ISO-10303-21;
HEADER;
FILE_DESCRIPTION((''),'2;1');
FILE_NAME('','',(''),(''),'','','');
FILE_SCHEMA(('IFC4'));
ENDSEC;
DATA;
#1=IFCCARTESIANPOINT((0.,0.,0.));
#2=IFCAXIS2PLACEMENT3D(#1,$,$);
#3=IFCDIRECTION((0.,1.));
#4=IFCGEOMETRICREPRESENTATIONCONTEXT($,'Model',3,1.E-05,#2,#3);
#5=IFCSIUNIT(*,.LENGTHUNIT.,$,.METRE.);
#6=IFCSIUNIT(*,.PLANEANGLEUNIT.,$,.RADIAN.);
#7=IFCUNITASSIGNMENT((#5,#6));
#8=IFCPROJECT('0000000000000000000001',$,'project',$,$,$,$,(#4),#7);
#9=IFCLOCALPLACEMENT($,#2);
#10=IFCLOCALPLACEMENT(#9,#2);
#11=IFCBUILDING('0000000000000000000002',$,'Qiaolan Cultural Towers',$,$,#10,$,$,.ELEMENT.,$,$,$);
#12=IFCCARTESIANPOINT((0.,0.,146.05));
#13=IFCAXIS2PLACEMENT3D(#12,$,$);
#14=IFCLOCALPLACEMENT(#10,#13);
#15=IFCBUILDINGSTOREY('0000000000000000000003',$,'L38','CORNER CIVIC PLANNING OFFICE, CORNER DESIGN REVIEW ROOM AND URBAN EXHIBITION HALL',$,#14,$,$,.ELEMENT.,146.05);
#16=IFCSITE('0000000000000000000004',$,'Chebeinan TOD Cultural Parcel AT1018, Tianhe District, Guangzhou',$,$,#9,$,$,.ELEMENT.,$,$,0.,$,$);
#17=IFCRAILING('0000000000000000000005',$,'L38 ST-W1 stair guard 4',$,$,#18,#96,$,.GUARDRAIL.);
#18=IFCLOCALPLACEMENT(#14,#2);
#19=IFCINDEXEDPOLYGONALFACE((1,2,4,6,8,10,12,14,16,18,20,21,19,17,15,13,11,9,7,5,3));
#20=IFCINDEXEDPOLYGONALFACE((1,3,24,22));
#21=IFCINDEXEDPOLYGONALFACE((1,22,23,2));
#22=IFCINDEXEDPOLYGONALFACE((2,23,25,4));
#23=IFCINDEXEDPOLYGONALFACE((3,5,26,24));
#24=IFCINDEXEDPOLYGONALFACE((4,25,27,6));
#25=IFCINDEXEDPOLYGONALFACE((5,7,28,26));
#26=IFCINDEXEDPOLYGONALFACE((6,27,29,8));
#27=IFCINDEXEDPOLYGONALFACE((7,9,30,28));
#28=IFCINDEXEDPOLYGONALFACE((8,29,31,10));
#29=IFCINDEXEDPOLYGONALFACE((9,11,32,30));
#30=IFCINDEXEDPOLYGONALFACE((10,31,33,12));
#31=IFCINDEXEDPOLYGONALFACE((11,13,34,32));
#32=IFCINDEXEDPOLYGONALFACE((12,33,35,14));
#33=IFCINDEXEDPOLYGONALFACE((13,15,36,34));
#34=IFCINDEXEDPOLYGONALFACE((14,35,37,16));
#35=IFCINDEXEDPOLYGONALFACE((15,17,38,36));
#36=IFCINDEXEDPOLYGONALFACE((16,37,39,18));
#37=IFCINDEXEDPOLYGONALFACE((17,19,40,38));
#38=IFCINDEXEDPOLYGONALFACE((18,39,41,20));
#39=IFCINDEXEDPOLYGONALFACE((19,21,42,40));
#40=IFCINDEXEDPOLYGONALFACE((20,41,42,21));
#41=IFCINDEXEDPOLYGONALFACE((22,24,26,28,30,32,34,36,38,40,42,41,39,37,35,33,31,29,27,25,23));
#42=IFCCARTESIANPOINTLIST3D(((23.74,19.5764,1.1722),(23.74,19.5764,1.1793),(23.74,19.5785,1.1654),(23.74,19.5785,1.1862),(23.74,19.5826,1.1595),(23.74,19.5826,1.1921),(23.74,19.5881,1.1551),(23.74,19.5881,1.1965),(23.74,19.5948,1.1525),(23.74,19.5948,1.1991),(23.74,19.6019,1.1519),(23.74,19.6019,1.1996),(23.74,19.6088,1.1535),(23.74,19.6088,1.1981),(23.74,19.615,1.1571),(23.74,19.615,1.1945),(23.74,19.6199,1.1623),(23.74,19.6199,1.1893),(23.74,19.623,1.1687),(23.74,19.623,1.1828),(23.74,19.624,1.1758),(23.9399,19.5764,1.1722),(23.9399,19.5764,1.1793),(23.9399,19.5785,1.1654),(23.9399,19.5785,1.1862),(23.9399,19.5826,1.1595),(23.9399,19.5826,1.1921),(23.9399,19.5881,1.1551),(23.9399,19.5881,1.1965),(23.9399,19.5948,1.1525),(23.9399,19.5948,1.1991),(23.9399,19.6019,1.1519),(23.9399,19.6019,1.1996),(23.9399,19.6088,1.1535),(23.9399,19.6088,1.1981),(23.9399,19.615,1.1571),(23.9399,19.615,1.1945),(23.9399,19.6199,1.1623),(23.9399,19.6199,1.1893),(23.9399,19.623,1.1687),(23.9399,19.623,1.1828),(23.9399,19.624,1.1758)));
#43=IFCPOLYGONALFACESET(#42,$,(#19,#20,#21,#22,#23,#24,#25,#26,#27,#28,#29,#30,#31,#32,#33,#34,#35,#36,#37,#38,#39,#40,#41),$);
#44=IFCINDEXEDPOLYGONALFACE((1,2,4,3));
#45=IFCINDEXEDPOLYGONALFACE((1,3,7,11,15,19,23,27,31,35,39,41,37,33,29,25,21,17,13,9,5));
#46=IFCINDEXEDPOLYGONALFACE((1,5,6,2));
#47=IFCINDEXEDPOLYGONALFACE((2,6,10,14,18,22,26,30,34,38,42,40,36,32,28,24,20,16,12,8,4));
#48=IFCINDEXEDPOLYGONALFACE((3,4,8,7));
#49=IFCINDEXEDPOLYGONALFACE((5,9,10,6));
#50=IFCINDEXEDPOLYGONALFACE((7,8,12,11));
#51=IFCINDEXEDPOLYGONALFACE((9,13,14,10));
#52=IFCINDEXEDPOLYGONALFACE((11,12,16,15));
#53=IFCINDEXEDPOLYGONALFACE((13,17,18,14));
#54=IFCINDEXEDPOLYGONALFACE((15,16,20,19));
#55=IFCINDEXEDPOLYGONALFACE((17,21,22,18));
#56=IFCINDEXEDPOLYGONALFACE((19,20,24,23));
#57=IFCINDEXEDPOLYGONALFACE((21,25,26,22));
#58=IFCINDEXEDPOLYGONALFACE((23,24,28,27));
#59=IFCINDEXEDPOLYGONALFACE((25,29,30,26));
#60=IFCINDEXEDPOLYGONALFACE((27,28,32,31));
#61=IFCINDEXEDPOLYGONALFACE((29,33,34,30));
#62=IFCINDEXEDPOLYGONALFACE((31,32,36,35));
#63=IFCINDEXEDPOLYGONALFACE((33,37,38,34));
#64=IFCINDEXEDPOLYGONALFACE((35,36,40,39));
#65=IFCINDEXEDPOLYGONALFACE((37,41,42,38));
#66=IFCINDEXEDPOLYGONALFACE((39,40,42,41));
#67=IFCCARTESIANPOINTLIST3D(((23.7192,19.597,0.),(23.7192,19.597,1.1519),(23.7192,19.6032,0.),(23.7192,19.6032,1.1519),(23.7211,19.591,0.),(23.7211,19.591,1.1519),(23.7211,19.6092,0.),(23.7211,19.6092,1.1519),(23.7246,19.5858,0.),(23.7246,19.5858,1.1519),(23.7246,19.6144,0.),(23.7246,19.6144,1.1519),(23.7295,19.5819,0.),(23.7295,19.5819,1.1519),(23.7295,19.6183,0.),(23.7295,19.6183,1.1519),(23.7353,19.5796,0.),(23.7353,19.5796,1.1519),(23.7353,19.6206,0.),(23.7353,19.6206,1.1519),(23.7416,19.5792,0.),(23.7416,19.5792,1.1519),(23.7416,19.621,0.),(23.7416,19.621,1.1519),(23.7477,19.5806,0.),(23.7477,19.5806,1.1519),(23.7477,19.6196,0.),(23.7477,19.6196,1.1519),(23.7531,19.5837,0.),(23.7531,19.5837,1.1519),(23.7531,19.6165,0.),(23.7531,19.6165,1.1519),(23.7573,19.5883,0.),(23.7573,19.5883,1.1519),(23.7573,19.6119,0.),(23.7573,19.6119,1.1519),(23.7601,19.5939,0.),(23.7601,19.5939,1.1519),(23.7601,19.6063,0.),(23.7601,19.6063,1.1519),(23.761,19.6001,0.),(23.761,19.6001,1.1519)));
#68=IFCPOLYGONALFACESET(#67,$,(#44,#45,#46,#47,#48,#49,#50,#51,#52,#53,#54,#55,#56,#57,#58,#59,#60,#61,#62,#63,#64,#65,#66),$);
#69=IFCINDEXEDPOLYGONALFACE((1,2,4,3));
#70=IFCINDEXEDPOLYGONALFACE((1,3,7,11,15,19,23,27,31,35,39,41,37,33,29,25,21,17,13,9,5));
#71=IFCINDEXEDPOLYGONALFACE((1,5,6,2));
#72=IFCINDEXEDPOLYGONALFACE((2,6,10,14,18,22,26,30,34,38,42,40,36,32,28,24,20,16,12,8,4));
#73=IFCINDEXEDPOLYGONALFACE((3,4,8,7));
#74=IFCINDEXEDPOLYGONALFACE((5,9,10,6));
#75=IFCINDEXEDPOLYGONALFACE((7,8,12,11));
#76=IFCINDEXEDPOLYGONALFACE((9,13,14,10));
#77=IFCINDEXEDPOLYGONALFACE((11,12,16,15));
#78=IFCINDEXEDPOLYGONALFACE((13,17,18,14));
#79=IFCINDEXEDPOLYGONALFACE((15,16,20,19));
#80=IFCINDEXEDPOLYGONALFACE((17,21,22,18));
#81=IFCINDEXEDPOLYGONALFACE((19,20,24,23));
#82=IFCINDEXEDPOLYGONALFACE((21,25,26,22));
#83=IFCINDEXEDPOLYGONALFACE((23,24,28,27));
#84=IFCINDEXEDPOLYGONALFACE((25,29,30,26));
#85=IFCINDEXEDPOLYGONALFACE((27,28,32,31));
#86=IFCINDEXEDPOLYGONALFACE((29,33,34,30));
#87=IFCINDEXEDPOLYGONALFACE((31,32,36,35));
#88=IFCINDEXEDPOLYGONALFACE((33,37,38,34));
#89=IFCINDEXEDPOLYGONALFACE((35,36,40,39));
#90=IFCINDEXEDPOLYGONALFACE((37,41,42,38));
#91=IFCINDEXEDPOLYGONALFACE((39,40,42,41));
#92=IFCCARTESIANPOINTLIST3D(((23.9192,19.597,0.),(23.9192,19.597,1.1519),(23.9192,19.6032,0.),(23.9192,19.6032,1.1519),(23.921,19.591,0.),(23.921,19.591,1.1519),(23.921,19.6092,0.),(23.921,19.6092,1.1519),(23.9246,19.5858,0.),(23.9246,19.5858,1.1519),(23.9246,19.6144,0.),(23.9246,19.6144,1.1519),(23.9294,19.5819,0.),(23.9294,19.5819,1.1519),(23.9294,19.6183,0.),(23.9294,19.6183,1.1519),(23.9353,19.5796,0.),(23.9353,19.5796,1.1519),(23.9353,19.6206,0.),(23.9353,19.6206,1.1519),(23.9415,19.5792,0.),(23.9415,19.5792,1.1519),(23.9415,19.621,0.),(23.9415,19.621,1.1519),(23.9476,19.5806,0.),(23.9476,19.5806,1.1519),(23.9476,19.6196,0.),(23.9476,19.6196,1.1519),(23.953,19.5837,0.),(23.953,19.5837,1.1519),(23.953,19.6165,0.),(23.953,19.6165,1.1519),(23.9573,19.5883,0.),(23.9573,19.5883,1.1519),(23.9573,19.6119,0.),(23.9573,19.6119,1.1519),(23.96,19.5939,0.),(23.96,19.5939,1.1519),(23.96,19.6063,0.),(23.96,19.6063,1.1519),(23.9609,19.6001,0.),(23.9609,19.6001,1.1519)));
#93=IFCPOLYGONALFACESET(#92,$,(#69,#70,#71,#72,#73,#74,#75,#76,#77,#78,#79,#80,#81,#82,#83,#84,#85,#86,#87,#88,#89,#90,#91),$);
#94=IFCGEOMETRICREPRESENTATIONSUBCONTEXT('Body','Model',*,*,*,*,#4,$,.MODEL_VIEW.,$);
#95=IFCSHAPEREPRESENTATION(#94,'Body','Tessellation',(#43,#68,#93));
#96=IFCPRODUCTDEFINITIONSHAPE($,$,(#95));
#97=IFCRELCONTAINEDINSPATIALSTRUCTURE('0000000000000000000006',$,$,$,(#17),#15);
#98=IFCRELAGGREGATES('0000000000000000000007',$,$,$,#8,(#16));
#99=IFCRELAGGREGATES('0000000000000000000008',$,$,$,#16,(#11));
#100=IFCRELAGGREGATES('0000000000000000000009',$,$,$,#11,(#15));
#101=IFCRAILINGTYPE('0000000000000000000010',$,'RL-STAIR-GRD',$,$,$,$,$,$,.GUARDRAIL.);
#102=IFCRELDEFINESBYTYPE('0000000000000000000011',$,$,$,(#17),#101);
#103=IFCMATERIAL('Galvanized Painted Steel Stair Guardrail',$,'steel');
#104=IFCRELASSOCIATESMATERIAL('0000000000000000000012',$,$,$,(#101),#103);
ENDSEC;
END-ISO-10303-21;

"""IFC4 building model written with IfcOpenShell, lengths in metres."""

from ifc_helpers import new_model, si_unit, direction, frame, origin, origin_2d, place, context, subcontext, project, spatial, circle, extrude, material, type_object, element, save


model = new_model("IFC4")

# Units and contexts
model_context = context("Model", 3, precision=1e-05, world=origin(), true_north=direction((0.0, 1.0)))
body_context = subcontext(model_context, "Body", "Model", "MODEL_VIEW")
ifc_project = project(units=[si_unit("LENGTHUNIT", "METRE"), si_unit("PLANEANGLEUNIT", "RADIAN")], contexts=[model_context])

# Site, building, storey
site_placement = place(None, origin())
site = spatial("IfcSite", under=ifc_project, at=site_placement, Name="Chebeinan TOD Cultural Parcel AT1018, Tianhe District, Guangzhou", CompositionType="ELEMENT", RefElevation=0.0)
building_placement = place(site_placement, origin())
building = spatial("IfcBuilding", under=site, at=building_placement, Name="Qiaolan Cultural Towers", CompositionType="ELEMENT")
storey_placement = place(building_placement, frame((0.0, 0.0, 146.05)))
storey = spatial("IfcBuildingStorey", under=building, at=storey_placement, Name="L38", Description="CORNER CIVIC PLANNING OFFICE, CORNER DESIGN REVIEW ROOM AND URBAN EXHIBITION HALL", CompositionType="ELEMENT", Elevation=146.05)

# Railing
ifc_material_1 = material(Name="Galvanized Painted Steel Stair Guardrail", Category="steel")
railing_type_1 = type_object("IfcRailingType", Name="RL-STAIR-GRD", PredefinedType="GUARDRAIL", material=ifc_material_1)
railing_1_placement = place(storey_placement, frame((23.74, 19.6001, 0.0)))
element("IfcRailing", 1, at=railing_1_placement, inside=storey, type_object=railing_type_1, Name="L38 ST-W1 stair guard 4", PredefinedType="GUARDRAIL", context=body_context, shape_type="SweptSolid", body=[
    extrude(circle(Radius=0.0239, at=origin_2d()), frame((0.0, 0.0, 1.1758), z_axis=(1.0, 0.0, 0.0), x_axis=(0.0, 1.0, 0.0)), (0.0, 0.0, 1.0), 0.2),
    extrude(circle(Radius=0.021, at=origin_2d()), origin(), (0.0, 0.0, 1.0), 1.1519),
    extrude(circle(Radius=0.021, at=origin_2d()), frame((0.2, 0.0, 0.0)), (0.0, 0.0, 1.0), 1.1519),
])

save(model, "model.ifc")
